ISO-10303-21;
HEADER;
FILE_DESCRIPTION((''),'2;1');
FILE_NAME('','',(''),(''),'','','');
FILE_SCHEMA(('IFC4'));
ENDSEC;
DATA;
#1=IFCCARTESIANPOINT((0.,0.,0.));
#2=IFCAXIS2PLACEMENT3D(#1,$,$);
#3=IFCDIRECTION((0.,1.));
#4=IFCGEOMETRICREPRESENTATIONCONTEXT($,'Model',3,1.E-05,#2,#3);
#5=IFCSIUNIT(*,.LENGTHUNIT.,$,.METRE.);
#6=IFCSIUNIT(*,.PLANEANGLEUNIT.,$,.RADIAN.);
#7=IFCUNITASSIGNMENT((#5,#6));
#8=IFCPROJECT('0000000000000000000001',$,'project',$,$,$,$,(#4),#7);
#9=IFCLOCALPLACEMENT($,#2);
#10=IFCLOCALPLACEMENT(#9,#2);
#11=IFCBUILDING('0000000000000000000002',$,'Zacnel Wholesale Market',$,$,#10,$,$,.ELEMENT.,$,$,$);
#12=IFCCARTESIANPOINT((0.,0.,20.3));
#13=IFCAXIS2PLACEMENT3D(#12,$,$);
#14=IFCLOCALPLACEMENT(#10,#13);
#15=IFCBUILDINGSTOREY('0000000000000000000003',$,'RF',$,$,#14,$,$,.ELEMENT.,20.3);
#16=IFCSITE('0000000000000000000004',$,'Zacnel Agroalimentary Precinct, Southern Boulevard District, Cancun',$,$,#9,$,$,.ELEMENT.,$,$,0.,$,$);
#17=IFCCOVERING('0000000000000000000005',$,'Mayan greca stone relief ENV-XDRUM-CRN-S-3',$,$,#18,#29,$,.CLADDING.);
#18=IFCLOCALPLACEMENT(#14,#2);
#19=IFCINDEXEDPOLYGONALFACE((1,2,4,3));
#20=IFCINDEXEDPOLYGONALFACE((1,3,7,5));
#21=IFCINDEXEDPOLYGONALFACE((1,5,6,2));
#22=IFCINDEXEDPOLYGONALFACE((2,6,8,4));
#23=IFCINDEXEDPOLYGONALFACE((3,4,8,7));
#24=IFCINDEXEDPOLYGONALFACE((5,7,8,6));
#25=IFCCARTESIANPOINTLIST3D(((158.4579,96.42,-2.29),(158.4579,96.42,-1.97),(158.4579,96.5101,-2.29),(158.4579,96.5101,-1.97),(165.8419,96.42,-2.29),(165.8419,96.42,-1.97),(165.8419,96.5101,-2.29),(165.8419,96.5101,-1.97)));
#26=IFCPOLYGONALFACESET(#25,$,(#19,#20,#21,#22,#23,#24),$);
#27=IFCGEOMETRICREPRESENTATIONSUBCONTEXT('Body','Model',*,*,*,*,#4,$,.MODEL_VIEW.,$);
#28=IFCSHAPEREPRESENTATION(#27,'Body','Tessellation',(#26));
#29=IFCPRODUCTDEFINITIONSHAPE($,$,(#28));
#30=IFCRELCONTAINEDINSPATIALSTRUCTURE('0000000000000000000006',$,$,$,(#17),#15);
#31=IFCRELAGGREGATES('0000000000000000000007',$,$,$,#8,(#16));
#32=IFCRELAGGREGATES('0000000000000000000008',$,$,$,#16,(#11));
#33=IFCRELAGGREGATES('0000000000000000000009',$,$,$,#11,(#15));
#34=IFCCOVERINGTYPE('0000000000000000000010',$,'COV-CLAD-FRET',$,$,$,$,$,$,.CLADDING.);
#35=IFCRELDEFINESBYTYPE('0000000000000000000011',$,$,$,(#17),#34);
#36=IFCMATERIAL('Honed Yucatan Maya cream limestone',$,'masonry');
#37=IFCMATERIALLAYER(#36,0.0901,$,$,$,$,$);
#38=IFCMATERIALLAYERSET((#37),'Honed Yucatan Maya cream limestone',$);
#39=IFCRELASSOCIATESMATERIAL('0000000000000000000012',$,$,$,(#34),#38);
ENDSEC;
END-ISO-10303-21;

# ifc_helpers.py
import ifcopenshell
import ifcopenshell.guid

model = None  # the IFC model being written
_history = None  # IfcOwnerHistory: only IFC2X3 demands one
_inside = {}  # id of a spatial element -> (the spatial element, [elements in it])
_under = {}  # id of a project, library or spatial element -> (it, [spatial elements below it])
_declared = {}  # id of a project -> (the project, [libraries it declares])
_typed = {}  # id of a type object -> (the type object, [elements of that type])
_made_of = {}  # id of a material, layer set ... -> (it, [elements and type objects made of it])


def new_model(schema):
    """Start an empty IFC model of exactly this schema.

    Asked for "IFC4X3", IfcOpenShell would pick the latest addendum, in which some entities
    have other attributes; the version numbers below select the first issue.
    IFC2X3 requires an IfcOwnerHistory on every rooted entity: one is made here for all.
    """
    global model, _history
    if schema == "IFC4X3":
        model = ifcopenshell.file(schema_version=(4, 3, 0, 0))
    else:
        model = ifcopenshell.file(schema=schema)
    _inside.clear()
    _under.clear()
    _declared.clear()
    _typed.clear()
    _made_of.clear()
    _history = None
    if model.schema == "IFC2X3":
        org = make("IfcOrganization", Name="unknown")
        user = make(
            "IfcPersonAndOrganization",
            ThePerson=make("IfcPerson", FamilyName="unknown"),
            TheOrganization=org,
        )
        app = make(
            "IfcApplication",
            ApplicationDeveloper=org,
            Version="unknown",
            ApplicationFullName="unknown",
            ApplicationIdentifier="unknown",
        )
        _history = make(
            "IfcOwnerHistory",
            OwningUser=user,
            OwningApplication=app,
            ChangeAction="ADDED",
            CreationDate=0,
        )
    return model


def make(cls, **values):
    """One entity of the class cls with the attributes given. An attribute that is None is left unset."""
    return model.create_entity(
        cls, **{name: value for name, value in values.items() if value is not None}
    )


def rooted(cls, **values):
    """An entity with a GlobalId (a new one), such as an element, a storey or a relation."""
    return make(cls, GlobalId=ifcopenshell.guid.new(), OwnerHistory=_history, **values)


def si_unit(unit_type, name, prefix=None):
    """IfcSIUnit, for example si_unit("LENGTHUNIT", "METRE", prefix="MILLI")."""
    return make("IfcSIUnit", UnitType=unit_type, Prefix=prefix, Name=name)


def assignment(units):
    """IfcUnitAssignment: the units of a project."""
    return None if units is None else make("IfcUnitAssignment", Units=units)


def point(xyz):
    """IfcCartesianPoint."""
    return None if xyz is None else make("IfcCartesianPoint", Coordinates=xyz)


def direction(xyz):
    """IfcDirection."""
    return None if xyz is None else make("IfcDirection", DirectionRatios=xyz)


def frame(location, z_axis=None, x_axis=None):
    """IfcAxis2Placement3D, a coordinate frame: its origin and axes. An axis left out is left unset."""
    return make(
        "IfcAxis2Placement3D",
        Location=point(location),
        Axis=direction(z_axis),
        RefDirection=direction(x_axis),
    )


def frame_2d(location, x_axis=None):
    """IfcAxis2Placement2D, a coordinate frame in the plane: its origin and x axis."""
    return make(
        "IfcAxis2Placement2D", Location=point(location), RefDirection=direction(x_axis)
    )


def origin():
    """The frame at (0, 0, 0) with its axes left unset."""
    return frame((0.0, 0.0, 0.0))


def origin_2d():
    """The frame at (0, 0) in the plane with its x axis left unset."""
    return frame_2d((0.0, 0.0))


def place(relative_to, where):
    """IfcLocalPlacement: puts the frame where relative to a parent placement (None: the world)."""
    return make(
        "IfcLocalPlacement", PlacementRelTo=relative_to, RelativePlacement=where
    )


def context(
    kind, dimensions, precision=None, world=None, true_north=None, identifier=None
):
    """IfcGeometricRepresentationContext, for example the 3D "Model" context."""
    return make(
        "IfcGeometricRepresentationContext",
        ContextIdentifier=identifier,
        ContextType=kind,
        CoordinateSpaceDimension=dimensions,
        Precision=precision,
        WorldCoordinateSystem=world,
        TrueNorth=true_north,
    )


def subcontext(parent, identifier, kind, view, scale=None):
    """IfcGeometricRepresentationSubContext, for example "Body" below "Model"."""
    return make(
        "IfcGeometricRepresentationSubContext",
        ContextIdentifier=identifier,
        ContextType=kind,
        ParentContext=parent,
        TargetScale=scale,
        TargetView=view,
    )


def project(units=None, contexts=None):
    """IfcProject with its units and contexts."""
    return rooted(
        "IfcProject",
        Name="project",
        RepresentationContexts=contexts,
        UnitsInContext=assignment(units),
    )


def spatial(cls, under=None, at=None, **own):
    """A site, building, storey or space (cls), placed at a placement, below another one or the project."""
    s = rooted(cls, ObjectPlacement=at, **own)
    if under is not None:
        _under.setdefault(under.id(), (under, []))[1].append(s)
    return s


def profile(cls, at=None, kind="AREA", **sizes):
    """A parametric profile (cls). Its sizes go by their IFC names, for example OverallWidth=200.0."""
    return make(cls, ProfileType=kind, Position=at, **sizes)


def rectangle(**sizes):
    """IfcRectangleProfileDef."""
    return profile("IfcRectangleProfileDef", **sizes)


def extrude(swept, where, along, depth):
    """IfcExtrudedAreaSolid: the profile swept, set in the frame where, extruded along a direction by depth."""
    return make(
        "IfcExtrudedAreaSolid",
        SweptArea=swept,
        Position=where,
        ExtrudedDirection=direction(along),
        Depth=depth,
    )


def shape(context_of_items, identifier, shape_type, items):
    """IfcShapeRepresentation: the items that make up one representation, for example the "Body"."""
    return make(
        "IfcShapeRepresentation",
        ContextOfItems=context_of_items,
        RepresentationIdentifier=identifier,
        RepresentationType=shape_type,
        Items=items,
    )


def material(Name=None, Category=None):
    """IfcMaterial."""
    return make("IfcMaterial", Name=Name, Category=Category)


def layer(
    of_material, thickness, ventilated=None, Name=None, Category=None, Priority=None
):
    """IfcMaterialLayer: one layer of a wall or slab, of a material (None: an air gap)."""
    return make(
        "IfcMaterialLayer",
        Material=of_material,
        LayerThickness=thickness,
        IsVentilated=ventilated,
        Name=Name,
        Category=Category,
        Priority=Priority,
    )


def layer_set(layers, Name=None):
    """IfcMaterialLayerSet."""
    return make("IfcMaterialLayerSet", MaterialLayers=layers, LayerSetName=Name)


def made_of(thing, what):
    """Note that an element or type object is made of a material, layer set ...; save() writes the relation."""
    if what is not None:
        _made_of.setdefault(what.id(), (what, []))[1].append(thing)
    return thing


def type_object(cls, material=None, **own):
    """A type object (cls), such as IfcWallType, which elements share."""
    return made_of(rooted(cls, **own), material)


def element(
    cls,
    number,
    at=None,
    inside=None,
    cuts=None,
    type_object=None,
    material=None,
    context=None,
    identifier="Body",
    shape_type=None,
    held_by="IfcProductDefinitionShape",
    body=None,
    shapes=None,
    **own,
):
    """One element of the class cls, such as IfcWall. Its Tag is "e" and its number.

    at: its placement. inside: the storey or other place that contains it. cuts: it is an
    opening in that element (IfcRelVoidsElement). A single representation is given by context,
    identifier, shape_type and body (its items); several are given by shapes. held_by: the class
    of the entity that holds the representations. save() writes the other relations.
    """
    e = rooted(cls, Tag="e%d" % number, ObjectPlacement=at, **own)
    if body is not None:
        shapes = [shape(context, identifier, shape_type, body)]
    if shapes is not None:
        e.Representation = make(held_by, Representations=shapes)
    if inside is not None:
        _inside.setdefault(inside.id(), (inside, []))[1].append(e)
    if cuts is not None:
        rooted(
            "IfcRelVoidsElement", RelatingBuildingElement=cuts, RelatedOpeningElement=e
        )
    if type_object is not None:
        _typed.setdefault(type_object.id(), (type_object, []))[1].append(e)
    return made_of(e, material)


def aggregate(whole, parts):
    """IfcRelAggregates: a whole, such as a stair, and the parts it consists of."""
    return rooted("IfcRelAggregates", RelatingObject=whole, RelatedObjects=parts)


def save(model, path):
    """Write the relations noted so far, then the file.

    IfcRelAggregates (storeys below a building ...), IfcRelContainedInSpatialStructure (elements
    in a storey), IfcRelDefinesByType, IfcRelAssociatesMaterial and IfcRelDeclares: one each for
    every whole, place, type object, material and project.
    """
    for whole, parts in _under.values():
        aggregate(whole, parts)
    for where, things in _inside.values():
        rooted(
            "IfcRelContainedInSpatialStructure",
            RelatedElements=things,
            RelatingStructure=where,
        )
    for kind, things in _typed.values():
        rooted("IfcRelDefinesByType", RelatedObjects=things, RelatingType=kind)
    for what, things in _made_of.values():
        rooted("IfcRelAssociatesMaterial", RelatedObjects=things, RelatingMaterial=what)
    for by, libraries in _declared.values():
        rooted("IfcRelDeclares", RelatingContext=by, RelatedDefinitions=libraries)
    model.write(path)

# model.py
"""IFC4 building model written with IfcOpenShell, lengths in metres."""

from ifc_helpers import new_model, si_unit, direction, frame, origin, origin_2d, place, context, subcontext, project, spatial, rectangle, extrude, material, layer, layer_set, type_object, element, save


model = new_model("IFC4")

# Units and contexts
model_context = context("Model", 3, precision=1e-05, world=origin(), true_north=direction((0.0, 1.0)))
body_context = subcontext(model_context, "Body", "Model", "MODEL_VIEW")
ifc_project = project(units=[si_unit("LENGTHUNIT", "METRE"), si_unit("PLANEANGLEUNIT", "RADIAN")], contexts=[model_context])

# Site, building, storey
site_placement = place(None, origin())
site = spatial("IfcSite", under=ifc_project, at=site_placement, Name="Zacnel Agroalimentary Precinct, Southern Boulevard District, Cancun", CompositionType="ELEMENT", RefElevation=0.0)
building_placement = place(site_placement, origin())
building = spatial("IfcBuilding", under=site, at=building_placement, Name="Zacnel Wholesale Market", CompositionType="ELEMENT")
storey_placement = place(building_placement, frame((0.0, 0.0, 20.3)))
storey = spatial("IfcBuildingStorey", under=building, at=storey_placement, Name="RF", CompositionType="ELEMENT", Elevation=20.3)

# Covering
ifc_material_1 = material(Name="Honed Yucatan Maya cream limestone", Category="masonry")
ifc_layer_1 = layer(ifc_material_1, 0.0901)
ifc_layer_set_1 = layer_set([ifc_layer_1], Name="Honed Yucatan Maya cream limestone")
covering_type = type_object("IfcCoveringType", Name="COV-CLAD-FRET", PredefinedType="CLADDING", material=ifc_layer_set_1)
covering_1_placement = place(storey_placement, frame((162.1499, 96.4651, -2.29), z_axis=(0.0, 0.0, 1.0), x_axis=(1.0, 0.0, 0.0)))
element("IfcCovering", 1, at=covering_1_placement, inside=storey, type_object=covering_type, Name="Mayan greca stone relief ENV-XDRUM-CRN-S-3", PredefinedType="CLADDING", context=body_context, shape_type="SweptSolid", body=[
    extrude(rectangle(XDim=7.384, YDim=0.0901, at=origin_2d()), origin(), (0.0, 0.0, 1.0), 0.3201),
])

save(model, "model.ifc")
